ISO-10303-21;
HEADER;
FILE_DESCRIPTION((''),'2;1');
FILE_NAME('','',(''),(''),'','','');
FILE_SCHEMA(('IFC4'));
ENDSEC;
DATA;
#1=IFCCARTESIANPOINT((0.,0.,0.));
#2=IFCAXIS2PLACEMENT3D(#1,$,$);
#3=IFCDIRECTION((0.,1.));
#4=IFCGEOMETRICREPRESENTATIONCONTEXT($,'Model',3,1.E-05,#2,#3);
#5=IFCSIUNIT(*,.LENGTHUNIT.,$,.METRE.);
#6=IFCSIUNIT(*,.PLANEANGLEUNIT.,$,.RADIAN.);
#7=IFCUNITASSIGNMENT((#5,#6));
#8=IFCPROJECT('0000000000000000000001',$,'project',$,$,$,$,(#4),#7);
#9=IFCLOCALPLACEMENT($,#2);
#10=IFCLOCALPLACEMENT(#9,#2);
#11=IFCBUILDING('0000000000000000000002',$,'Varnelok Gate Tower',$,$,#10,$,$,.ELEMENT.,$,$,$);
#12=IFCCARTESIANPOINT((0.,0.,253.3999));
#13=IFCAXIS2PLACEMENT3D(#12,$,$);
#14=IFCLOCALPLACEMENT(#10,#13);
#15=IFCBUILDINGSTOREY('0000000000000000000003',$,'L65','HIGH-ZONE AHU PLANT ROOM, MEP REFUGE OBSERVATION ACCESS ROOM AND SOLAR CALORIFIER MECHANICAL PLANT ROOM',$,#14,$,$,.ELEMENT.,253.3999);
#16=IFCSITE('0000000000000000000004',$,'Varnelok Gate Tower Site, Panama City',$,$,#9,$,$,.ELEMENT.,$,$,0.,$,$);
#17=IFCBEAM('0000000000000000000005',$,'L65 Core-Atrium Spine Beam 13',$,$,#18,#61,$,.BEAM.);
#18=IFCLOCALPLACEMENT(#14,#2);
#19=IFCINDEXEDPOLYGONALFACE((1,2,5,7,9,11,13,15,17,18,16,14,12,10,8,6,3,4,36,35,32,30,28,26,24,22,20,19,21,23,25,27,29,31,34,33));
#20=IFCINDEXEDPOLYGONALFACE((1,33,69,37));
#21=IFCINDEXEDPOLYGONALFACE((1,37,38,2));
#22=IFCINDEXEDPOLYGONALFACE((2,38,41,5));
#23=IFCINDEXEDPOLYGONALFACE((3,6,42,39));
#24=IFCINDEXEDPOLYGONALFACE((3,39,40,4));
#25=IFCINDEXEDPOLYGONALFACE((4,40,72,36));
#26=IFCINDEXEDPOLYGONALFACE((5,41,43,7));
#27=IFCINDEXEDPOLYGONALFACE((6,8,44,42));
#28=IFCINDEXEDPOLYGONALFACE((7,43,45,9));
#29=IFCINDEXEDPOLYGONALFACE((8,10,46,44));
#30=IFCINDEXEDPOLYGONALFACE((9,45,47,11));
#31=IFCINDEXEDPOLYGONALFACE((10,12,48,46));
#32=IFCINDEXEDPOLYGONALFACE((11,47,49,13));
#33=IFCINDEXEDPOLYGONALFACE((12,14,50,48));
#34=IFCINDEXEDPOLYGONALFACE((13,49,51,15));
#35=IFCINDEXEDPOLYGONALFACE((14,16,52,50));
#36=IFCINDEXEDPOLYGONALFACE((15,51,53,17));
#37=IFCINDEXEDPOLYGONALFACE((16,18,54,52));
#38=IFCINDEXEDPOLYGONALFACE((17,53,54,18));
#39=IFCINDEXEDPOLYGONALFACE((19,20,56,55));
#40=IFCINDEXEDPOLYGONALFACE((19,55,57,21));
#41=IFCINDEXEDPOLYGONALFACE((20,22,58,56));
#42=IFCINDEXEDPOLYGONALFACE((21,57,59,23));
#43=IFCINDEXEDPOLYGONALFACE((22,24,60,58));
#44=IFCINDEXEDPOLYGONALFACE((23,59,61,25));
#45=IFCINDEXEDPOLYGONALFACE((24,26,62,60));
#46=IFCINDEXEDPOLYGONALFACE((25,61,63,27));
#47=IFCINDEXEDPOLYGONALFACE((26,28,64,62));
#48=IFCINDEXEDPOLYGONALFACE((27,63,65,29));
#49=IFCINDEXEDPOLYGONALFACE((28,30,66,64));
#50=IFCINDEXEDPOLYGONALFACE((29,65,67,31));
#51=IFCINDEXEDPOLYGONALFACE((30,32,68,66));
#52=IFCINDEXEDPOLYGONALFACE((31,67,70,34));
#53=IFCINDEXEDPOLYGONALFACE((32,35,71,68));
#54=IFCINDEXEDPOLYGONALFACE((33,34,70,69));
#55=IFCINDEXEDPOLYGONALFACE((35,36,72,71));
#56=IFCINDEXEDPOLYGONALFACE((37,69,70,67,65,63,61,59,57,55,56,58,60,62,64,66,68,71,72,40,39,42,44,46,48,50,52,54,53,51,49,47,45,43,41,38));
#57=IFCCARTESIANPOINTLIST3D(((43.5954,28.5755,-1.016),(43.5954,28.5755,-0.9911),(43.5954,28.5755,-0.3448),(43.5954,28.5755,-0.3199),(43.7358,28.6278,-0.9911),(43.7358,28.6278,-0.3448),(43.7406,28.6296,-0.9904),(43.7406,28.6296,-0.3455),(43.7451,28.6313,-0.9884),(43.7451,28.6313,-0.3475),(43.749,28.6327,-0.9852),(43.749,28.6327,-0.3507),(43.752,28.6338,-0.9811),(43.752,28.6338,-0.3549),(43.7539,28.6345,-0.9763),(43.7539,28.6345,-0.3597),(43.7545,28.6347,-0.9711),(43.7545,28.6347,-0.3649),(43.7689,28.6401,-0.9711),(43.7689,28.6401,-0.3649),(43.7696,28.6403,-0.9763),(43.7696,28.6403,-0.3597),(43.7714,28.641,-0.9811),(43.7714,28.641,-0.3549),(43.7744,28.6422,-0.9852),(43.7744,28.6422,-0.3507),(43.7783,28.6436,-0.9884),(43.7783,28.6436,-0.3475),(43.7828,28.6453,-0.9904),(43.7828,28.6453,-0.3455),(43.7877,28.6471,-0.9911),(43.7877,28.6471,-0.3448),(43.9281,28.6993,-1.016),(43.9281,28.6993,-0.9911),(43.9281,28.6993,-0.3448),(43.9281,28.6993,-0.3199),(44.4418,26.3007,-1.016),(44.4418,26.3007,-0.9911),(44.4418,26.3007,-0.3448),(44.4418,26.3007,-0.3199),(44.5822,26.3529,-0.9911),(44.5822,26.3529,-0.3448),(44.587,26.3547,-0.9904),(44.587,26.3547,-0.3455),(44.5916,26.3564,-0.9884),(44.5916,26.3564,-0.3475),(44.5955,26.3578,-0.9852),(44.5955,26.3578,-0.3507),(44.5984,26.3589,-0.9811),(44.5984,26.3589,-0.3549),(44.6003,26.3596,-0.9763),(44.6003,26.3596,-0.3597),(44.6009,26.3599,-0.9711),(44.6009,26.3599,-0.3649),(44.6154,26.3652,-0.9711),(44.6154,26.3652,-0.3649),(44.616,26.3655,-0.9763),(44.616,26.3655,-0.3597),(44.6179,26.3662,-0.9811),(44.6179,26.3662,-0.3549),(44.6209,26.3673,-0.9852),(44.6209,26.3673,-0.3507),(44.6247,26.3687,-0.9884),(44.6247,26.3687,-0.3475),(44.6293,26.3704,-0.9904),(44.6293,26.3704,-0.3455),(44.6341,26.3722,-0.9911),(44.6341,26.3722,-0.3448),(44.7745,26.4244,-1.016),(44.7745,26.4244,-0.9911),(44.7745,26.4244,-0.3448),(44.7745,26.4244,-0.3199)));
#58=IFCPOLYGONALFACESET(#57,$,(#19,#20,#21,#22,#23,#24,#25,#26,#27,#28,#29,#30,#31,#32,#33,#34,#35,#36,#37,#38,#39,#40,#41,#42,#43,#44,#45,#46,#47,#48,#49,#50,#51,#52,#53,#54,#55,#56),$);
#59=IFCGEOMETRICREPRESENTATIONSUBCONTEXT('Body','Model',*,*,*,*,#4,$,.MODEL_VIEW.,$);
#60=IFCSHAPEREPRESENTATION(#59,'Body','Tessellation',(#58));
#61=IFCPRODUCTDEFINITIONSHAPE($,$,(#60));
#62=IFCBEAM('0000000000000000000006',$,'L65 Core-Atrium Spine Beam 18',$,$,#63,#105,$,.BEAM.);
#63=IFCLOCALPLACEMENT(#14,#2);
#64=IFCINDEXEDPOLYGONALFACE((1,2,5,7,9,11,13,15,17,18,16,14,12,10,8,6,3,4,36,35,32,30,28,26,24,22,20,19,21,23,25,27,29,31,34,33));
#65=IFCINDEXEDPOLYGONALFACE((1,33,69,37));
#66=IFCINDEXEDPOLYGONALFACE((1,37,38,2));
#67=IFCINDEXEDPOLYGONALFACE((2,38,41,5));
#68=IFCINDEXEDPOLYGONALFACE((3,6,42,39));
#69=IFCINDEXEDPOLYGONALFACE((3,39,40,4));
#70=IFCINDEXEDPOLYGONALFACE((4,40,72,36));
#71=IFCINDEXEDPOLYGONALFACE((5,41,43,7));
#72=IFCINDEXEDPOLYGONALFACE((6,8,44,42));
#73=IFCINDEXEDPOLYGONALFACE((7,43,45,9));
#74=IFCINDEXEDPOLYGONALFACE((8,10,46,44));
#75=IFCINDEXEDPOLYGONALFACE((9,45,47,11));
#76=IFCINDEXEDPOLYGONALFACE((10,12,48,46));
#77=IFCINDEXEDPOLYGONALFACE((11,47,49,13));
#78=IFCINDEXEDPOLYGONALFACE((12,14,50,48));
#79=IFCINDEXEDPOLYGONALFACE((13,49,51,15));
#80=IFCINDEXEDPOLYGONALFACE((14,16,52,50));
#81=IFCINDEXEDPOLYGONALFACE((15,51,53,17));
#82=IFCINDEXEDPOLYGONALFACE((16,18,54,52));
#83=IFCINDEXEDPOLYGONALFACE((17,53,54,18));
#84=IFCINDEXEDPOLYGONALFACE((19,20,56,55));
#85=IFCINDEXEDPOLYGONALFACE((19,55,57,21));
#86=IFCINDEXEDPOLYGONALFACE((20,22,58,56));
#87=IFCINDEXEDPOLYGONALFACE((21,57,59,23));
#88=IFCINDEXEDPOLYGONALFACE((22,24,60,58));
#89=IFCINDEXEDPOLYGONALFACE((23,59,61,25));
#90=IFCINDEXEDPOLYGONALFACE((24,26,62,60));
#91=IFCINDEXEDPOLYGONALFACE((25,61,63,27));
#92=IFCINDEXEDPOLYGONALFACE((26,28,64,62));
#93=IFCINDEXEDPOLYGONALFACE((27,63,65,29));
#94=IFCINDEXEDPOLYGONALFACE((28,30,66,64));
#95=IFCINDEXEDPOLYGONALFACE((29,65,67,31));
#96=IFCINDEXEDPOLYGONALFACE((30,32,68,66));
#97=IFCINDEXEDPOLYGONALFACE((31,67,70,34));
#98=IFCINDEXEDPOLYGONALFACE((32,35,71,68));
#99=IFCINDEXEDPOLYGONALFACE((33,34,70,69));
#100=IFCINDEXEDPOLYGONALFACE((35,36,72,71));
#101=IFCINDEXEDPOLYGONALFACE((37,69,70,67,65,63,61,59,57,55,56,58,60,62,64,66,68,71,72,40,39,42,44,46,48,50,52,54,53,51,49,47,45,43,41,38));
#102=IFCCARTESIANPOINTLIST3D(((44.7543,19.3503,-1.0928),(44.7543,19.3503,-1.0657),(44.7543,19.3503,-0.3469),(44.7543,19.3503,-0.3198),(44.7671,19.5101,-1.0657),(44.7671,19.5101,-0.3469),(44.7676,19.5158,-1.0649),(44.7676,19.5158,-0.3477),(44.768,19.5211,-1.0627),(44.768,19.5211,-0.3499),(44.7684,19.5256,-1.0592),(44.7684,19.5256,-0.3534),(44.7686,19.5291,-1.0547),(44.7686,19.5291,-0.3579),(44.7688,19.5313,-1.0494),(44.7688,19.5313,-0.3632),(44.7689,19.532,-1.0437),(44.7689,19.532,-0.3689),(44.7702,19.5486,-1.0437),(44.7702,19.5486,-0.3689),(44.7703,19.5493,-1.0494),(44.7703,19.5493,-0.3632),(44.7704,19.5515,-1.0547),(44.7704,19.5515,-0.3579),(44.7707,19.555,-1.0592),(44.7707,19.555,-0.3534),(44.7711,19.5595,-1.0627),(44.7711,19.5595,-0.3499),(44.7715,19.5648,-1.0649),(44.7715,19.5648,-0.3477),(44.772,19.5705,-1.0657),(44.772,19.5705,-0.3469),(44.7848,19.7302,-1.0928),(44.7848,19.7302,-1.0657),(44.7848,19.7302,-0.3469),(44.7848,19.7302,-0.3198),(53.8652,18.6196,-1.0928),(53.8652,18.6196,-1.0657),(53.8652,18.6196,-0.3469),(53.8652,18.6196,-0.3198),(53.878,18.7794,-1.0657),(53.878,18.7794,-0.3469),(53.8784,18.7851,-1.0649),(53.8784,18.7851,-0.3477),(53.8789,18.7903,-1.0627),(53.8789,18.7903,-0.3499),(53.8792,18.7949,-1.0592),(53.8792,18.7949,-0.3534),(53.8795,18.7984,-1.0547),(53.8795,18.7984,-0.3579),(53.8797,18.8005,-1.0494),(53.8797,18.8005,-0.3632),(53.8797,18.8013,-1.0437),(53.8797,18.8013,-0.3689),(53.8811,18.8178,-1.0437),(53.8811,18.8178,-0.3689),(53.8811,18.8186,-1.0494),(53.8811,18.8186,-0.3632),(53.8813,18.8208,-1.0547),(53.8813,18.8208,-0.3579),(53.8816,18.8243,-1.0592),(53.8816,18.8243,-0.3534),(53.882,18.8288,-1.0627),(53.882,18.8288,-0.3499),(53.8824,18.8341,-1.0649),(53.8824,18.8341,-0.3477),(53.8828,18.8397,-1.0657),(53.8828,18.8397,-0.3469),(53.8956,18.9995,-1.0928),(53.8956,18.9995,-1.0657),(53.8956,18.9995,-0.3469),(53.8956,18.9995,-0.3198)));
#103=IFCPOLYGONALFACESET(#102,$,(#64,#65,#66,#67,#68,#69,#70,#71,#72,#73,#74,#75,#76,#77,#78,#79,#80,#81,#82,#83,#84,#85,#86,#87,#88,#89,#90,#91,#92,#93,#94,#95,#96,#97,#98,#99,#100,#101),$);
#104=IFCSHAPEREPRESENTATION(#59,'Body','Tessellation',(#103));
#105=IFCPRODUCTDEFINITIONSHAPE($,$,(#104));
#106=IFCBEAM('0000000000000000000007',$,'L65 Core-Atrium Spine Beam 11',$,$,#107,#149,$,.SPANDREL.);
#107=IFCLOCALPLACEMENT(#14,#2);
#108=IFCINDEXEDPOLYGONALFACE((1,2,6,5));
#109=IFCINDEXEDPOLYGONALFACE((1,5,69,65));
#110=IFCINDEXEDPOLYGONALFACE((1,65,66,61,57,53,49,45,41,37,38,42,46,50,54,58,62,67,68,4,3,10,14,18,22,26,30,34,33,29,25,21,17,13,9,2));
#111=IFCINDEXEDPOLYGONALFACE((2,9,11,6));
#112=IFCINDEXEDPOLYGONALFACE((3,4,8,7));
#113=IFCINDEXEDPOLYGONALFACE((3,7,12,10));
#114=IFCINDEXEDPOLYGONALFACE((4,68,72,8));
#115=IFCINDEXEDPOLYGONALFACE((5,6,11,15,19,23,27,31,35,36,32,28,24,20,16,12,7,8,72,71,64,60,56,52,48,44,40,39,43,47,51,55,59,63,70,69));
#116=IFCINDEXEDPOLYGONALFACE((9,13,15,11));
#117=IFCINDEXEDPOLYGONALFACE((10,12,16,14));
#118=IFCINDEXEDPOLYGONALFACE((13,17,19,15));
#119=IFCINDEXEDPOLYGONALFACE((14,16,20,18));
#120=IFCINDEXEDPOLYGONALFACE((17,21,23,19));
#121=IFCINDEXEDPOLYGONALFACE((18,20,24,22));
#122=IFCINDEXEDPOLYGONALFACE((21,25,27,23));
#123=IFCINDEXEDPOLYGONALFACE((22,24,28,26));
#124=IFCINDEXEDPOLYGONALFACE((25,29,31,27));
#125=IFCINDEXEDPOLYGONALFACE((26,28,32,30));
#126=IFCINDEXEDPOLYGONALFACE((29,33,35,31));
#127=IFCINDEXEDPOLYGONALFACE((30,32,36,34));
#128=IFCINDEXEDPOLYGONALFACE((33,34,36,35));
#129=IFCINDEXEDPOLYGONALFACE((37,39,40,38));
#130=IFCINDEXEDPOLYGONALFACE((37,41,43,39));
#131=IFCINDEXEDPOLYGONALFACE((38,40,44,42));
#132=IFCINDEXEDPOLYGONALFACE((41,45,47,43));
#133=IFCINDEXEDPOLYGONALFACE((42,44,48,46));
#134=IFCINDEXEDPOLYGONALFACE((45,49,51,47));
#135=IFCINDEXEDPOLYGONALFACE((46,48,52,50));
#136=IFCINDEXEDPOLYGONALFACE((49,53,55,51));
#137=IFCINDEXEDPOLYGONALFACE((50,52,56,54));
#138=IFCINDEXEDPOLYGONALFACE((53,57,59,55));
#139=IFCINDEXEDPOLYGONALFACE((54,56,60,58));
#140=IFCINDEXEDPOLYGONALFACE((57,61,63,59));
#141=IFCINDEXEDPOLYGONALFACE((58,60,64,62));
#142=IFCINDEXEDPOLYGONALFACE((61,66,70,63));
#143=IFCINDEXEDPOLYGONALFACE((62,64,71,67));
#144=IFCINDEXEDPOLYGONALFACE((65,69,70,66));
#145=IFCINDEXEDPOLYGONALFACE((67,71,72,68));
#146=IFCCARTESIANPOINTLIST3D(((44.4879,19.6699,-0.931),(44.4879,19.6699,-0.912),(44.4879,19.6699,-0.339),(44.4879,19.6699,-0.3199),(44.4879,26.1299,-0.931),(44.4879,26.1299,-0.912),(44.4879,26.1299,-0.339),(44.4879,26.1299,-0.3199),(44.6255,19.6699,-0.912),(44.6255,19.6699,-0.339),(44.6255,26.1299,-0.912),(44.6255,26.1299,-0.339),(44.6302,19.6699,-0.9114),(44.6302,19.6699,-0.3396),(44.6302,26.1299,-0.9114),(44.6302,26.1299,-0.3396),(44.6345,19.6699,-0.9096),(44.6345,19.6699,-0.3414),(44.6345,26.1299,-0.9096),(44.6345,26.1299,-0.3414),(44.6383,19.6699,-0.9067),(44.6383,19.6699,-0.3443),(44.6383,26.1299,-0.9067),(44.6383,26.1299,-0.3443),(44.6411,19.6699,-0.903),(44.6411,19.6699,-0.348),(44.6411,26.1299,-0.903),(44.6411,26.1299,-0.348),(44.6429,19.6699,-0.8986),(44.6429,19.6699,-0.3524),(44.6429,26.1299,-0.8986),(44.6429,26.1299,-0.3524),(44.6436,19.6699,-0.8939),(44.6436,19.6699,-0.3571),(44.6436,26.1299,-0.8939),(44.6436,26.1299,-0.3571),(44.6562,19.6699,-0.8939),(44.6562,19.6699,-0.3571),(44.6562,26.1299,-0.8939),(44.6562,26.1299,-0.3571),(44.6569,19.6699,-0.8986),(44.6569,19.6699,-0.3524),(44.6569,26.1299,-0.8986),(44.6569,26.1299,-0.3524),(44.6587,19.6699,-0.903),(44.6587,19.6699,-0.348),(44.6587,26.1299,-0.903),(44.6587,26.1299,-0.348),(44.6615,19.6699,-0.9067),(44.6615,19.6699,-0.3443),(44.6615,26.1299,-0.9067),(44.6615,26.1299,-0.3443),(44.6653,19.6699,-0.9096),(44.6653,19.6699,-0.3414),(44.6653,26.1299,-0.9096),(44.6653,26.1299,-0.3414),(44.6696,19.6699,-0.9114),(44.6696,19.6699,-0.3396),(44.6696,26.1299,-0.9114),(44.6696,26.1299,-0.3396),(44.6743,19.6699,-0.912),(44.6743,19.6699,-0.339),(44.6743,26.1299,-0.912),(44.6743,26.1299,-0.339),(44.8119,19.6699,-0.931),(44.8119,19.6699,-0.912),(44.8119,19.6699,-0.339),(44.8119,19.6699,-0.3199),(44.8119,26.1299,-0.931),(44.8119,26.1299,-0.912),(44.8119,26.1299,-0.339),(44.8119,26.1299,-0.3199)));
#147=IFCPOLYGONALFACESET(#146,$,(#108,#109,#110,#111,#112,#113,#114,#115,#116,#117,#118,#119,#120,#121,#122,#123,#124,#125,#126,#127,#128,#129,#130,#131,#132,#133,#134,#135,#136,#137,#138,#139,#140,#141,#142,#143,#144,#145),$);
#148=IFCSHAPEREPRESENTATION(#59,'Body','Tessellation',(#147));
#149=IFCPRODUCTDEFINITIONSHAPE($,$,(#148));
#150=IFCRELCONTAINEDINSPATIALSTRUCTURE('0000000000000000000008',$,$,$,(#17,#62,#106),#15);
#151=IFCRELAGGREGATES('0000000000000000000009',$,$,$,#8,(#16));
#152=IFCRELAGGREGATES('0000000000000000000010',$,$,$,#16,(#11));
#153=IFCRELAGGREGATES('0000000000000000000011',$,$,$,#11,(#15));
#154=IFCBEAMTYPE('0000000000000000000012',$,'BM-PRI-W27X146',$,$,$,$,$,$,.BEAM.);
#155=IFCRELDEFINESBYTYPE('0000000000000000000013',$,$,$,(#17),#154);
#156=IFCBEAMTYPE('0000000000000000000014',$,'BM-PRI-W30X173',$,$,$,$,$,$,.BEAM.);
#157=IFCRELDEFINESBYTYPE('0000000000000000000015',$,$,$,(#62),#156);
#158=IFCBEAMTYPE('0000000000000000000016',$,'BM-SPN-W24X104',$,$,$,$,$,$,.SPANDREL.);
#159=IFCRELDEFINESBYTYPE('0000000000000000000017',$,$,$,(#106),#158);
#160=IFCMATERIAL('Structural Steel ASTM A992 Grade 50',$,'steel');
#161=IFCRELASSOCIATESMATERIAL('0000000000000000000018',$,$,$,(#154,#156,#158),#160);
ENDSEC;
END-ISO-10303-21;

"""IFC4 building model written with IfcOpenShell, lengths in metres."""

from ifc_helpers import new_model, si_unit, direction, frame, origin, origin_2d, place, context, subcontext, project, spatial, i_section, extrude, material, material_profile, profile_set, type_object, element, save


model = new_model("IFC4")

# Units and contexts
model_context = context("Model", 3, precision=1e-05, world=origin(), true_north=direction((0.0, 1.0)))
body_context = subcontext(model_context, "Body", "Model", "MODEL_VIEW")
ifc_project = project(units=[si_unit("LENGTHUNIT", "METRE"), si_unit("PLANEANGLEUNIT", "RADIAN")], contexts=[model_context])

# Site, building, storey
site_placement = place(None, origin())
site = spatial("IfcSite", under=ifc_project, at=site_placement, Name="Varnelok Gate Tower Site, Panama City", CompositionType="ELEMENT", RefElevation=0.0)
building_placement = place(site_placement, origin())
building = spatial("IfcBuilding", under=site, at=building_placement, Name="Varnelok Gate Tower", CompositionType="ELEMENT")
storey_placement = place(building_placement, frame((0.0, 0.0, 253.3999)))
storey = spatial("IfcBuildingStorey", under=building, at=storey_placement, Name="L65", Description="HIGH-ZONE AHU PLANT ROOM, MEP REFUGE OBSERVATION ACCESS ROOM AND SOLAR CALORIFIER MECHANICAL PLANT ROOM", CompositionType="ELEMENT", Elevation=253.3999)

# Shared definitions
ifc_material_1 = material(Name="Structural Steel ASTM A992 Grade 50", Category="steel")

# Beams
ifc_material_profile_1 = material_profile(ifc_material_1, i_section(OverallWidth=0.355, OverallDepth=0.696, WebThickness=0.0154, FlangeThickness=0.0249, FilletRadius=0.02, at=origin_2d()), Name="W27X146")
ifc_profile_set_1 = profile_set([ifc_material_profile_1], Name="Structural Steel ASTM A992 Grade 50")
beam_type_1 = type_object("IfcBeamType", Name="BM-PRI-W27X146", PredefinedType="BEAM", material=ifc_profile_set_1)
beam_1_placement = place(storey_placement, frame((44.6082, 26.3625, -0.668), z_axis=(-0.348719, 0.937227, 0.0), x_axis=(-0.937227, -0.348719, 0.0)))
element("IfcBeam", 1, at=beam_1_placement, inside=storey, type_object=beam_type_1, Name="L65 Core-Atrium Spine Beam 13", PredefinedType="BEAM", context=body_context, shape_type="SweptSolid", body=[
    extrude(i_section(OverallWidth=0.355, OverallDepth=0.696, WebThickness=0.0154, FlangeThickness=0.0249, FilletRadius=0.02, at=origin_2d()), origin(), (0.0, 0.0, 1.0), 2.4272),
])
ifc_material_profile_2 = material_profile(ifc_material_1, i_section(OverallWidth=0.3811, OverallDepth=0.7729, WebThickness=0.0166, FlangeThickness=0.0271, FilletRadius=0.022, at=origin_2d()), Name="W30X173")
ifc_profile_set_2 = profile_set([ifc_material_profile_2], Name="Structural Steel ASTM A992 Grade 50")
beam_type_2 = type_object("IfcBeamType", Name="BM-PRI-W30X173", PredefinedType="BEAM", material=ifc_profile_set_2)
beam_2_placement = place(storey_placement, frame((44.7695, 19.5403, -0.7063), z_axis=(0.996799, -0.079946, 0.0), x_axis=(0.079946, 0.996799, 0.0)))
element("IfcBeam", 2, at=beam_2_placement, inside=storey, type_object=beam_type_2, Name="L65 Core-Atrium Spine Beam 18", PredefinedType="BEAM", context=body_context, shape_type="SweptSolid", body=[
    extrude(i_section(OverallWidth=0.3811, OverallDepth=0.7729, WebThickness=0.0166, FlangeThickness=0.0271, FilletRadius=0.022, at=origin_2d()), origin(), (0.0, 0.0, 1.0), 9.1401),
])
ifc_material_profile_3 = material_profile(ifc_material_1, i_section(OverallWidth=0.324, OverallDepth=0.6111, WebThickness=0.0127, FlangeThickness=0.019, FilletRadius=0.0181, at=origin_2d()), Name="W24X104")
ifc_profile_set_3 = profile_set([ifc_material_profile_3], Name="Structural Steel ASTM A992 Grade 50")
beam_type_3 = type_object("IfcBeamType", Name="BM-SPN-W24X104", PredefinedType="SPANDREL", material=ifc_profile_set_3)
beam_3_placement = place(storey_placement, frame((44.6499, 19.6699, -0.6255), z_axis=(0.0, 1.0, 0.0), x_axis=(-1.0, 0.0, 0.0)))
element("IfcBeam", 3, at=beam_3_placement, inside=storey, type_object=beam_type_3, Name="L65 Core-Atrium Spine Beam 11", PredefinedType="SPANDREL", context=body_context, shape_type="SweptSolid", body=[
    extrude(i_section(OverallWidth=0.324, OverallDepth=0.6111, WebThickness=0.0127, FlangeThickness=0.019, FilletRadius=0.0181, at=origin_2d()), origin(), (0.0, 0.0, 1.0), 6.46),
])

save(model, "model.ifc")
